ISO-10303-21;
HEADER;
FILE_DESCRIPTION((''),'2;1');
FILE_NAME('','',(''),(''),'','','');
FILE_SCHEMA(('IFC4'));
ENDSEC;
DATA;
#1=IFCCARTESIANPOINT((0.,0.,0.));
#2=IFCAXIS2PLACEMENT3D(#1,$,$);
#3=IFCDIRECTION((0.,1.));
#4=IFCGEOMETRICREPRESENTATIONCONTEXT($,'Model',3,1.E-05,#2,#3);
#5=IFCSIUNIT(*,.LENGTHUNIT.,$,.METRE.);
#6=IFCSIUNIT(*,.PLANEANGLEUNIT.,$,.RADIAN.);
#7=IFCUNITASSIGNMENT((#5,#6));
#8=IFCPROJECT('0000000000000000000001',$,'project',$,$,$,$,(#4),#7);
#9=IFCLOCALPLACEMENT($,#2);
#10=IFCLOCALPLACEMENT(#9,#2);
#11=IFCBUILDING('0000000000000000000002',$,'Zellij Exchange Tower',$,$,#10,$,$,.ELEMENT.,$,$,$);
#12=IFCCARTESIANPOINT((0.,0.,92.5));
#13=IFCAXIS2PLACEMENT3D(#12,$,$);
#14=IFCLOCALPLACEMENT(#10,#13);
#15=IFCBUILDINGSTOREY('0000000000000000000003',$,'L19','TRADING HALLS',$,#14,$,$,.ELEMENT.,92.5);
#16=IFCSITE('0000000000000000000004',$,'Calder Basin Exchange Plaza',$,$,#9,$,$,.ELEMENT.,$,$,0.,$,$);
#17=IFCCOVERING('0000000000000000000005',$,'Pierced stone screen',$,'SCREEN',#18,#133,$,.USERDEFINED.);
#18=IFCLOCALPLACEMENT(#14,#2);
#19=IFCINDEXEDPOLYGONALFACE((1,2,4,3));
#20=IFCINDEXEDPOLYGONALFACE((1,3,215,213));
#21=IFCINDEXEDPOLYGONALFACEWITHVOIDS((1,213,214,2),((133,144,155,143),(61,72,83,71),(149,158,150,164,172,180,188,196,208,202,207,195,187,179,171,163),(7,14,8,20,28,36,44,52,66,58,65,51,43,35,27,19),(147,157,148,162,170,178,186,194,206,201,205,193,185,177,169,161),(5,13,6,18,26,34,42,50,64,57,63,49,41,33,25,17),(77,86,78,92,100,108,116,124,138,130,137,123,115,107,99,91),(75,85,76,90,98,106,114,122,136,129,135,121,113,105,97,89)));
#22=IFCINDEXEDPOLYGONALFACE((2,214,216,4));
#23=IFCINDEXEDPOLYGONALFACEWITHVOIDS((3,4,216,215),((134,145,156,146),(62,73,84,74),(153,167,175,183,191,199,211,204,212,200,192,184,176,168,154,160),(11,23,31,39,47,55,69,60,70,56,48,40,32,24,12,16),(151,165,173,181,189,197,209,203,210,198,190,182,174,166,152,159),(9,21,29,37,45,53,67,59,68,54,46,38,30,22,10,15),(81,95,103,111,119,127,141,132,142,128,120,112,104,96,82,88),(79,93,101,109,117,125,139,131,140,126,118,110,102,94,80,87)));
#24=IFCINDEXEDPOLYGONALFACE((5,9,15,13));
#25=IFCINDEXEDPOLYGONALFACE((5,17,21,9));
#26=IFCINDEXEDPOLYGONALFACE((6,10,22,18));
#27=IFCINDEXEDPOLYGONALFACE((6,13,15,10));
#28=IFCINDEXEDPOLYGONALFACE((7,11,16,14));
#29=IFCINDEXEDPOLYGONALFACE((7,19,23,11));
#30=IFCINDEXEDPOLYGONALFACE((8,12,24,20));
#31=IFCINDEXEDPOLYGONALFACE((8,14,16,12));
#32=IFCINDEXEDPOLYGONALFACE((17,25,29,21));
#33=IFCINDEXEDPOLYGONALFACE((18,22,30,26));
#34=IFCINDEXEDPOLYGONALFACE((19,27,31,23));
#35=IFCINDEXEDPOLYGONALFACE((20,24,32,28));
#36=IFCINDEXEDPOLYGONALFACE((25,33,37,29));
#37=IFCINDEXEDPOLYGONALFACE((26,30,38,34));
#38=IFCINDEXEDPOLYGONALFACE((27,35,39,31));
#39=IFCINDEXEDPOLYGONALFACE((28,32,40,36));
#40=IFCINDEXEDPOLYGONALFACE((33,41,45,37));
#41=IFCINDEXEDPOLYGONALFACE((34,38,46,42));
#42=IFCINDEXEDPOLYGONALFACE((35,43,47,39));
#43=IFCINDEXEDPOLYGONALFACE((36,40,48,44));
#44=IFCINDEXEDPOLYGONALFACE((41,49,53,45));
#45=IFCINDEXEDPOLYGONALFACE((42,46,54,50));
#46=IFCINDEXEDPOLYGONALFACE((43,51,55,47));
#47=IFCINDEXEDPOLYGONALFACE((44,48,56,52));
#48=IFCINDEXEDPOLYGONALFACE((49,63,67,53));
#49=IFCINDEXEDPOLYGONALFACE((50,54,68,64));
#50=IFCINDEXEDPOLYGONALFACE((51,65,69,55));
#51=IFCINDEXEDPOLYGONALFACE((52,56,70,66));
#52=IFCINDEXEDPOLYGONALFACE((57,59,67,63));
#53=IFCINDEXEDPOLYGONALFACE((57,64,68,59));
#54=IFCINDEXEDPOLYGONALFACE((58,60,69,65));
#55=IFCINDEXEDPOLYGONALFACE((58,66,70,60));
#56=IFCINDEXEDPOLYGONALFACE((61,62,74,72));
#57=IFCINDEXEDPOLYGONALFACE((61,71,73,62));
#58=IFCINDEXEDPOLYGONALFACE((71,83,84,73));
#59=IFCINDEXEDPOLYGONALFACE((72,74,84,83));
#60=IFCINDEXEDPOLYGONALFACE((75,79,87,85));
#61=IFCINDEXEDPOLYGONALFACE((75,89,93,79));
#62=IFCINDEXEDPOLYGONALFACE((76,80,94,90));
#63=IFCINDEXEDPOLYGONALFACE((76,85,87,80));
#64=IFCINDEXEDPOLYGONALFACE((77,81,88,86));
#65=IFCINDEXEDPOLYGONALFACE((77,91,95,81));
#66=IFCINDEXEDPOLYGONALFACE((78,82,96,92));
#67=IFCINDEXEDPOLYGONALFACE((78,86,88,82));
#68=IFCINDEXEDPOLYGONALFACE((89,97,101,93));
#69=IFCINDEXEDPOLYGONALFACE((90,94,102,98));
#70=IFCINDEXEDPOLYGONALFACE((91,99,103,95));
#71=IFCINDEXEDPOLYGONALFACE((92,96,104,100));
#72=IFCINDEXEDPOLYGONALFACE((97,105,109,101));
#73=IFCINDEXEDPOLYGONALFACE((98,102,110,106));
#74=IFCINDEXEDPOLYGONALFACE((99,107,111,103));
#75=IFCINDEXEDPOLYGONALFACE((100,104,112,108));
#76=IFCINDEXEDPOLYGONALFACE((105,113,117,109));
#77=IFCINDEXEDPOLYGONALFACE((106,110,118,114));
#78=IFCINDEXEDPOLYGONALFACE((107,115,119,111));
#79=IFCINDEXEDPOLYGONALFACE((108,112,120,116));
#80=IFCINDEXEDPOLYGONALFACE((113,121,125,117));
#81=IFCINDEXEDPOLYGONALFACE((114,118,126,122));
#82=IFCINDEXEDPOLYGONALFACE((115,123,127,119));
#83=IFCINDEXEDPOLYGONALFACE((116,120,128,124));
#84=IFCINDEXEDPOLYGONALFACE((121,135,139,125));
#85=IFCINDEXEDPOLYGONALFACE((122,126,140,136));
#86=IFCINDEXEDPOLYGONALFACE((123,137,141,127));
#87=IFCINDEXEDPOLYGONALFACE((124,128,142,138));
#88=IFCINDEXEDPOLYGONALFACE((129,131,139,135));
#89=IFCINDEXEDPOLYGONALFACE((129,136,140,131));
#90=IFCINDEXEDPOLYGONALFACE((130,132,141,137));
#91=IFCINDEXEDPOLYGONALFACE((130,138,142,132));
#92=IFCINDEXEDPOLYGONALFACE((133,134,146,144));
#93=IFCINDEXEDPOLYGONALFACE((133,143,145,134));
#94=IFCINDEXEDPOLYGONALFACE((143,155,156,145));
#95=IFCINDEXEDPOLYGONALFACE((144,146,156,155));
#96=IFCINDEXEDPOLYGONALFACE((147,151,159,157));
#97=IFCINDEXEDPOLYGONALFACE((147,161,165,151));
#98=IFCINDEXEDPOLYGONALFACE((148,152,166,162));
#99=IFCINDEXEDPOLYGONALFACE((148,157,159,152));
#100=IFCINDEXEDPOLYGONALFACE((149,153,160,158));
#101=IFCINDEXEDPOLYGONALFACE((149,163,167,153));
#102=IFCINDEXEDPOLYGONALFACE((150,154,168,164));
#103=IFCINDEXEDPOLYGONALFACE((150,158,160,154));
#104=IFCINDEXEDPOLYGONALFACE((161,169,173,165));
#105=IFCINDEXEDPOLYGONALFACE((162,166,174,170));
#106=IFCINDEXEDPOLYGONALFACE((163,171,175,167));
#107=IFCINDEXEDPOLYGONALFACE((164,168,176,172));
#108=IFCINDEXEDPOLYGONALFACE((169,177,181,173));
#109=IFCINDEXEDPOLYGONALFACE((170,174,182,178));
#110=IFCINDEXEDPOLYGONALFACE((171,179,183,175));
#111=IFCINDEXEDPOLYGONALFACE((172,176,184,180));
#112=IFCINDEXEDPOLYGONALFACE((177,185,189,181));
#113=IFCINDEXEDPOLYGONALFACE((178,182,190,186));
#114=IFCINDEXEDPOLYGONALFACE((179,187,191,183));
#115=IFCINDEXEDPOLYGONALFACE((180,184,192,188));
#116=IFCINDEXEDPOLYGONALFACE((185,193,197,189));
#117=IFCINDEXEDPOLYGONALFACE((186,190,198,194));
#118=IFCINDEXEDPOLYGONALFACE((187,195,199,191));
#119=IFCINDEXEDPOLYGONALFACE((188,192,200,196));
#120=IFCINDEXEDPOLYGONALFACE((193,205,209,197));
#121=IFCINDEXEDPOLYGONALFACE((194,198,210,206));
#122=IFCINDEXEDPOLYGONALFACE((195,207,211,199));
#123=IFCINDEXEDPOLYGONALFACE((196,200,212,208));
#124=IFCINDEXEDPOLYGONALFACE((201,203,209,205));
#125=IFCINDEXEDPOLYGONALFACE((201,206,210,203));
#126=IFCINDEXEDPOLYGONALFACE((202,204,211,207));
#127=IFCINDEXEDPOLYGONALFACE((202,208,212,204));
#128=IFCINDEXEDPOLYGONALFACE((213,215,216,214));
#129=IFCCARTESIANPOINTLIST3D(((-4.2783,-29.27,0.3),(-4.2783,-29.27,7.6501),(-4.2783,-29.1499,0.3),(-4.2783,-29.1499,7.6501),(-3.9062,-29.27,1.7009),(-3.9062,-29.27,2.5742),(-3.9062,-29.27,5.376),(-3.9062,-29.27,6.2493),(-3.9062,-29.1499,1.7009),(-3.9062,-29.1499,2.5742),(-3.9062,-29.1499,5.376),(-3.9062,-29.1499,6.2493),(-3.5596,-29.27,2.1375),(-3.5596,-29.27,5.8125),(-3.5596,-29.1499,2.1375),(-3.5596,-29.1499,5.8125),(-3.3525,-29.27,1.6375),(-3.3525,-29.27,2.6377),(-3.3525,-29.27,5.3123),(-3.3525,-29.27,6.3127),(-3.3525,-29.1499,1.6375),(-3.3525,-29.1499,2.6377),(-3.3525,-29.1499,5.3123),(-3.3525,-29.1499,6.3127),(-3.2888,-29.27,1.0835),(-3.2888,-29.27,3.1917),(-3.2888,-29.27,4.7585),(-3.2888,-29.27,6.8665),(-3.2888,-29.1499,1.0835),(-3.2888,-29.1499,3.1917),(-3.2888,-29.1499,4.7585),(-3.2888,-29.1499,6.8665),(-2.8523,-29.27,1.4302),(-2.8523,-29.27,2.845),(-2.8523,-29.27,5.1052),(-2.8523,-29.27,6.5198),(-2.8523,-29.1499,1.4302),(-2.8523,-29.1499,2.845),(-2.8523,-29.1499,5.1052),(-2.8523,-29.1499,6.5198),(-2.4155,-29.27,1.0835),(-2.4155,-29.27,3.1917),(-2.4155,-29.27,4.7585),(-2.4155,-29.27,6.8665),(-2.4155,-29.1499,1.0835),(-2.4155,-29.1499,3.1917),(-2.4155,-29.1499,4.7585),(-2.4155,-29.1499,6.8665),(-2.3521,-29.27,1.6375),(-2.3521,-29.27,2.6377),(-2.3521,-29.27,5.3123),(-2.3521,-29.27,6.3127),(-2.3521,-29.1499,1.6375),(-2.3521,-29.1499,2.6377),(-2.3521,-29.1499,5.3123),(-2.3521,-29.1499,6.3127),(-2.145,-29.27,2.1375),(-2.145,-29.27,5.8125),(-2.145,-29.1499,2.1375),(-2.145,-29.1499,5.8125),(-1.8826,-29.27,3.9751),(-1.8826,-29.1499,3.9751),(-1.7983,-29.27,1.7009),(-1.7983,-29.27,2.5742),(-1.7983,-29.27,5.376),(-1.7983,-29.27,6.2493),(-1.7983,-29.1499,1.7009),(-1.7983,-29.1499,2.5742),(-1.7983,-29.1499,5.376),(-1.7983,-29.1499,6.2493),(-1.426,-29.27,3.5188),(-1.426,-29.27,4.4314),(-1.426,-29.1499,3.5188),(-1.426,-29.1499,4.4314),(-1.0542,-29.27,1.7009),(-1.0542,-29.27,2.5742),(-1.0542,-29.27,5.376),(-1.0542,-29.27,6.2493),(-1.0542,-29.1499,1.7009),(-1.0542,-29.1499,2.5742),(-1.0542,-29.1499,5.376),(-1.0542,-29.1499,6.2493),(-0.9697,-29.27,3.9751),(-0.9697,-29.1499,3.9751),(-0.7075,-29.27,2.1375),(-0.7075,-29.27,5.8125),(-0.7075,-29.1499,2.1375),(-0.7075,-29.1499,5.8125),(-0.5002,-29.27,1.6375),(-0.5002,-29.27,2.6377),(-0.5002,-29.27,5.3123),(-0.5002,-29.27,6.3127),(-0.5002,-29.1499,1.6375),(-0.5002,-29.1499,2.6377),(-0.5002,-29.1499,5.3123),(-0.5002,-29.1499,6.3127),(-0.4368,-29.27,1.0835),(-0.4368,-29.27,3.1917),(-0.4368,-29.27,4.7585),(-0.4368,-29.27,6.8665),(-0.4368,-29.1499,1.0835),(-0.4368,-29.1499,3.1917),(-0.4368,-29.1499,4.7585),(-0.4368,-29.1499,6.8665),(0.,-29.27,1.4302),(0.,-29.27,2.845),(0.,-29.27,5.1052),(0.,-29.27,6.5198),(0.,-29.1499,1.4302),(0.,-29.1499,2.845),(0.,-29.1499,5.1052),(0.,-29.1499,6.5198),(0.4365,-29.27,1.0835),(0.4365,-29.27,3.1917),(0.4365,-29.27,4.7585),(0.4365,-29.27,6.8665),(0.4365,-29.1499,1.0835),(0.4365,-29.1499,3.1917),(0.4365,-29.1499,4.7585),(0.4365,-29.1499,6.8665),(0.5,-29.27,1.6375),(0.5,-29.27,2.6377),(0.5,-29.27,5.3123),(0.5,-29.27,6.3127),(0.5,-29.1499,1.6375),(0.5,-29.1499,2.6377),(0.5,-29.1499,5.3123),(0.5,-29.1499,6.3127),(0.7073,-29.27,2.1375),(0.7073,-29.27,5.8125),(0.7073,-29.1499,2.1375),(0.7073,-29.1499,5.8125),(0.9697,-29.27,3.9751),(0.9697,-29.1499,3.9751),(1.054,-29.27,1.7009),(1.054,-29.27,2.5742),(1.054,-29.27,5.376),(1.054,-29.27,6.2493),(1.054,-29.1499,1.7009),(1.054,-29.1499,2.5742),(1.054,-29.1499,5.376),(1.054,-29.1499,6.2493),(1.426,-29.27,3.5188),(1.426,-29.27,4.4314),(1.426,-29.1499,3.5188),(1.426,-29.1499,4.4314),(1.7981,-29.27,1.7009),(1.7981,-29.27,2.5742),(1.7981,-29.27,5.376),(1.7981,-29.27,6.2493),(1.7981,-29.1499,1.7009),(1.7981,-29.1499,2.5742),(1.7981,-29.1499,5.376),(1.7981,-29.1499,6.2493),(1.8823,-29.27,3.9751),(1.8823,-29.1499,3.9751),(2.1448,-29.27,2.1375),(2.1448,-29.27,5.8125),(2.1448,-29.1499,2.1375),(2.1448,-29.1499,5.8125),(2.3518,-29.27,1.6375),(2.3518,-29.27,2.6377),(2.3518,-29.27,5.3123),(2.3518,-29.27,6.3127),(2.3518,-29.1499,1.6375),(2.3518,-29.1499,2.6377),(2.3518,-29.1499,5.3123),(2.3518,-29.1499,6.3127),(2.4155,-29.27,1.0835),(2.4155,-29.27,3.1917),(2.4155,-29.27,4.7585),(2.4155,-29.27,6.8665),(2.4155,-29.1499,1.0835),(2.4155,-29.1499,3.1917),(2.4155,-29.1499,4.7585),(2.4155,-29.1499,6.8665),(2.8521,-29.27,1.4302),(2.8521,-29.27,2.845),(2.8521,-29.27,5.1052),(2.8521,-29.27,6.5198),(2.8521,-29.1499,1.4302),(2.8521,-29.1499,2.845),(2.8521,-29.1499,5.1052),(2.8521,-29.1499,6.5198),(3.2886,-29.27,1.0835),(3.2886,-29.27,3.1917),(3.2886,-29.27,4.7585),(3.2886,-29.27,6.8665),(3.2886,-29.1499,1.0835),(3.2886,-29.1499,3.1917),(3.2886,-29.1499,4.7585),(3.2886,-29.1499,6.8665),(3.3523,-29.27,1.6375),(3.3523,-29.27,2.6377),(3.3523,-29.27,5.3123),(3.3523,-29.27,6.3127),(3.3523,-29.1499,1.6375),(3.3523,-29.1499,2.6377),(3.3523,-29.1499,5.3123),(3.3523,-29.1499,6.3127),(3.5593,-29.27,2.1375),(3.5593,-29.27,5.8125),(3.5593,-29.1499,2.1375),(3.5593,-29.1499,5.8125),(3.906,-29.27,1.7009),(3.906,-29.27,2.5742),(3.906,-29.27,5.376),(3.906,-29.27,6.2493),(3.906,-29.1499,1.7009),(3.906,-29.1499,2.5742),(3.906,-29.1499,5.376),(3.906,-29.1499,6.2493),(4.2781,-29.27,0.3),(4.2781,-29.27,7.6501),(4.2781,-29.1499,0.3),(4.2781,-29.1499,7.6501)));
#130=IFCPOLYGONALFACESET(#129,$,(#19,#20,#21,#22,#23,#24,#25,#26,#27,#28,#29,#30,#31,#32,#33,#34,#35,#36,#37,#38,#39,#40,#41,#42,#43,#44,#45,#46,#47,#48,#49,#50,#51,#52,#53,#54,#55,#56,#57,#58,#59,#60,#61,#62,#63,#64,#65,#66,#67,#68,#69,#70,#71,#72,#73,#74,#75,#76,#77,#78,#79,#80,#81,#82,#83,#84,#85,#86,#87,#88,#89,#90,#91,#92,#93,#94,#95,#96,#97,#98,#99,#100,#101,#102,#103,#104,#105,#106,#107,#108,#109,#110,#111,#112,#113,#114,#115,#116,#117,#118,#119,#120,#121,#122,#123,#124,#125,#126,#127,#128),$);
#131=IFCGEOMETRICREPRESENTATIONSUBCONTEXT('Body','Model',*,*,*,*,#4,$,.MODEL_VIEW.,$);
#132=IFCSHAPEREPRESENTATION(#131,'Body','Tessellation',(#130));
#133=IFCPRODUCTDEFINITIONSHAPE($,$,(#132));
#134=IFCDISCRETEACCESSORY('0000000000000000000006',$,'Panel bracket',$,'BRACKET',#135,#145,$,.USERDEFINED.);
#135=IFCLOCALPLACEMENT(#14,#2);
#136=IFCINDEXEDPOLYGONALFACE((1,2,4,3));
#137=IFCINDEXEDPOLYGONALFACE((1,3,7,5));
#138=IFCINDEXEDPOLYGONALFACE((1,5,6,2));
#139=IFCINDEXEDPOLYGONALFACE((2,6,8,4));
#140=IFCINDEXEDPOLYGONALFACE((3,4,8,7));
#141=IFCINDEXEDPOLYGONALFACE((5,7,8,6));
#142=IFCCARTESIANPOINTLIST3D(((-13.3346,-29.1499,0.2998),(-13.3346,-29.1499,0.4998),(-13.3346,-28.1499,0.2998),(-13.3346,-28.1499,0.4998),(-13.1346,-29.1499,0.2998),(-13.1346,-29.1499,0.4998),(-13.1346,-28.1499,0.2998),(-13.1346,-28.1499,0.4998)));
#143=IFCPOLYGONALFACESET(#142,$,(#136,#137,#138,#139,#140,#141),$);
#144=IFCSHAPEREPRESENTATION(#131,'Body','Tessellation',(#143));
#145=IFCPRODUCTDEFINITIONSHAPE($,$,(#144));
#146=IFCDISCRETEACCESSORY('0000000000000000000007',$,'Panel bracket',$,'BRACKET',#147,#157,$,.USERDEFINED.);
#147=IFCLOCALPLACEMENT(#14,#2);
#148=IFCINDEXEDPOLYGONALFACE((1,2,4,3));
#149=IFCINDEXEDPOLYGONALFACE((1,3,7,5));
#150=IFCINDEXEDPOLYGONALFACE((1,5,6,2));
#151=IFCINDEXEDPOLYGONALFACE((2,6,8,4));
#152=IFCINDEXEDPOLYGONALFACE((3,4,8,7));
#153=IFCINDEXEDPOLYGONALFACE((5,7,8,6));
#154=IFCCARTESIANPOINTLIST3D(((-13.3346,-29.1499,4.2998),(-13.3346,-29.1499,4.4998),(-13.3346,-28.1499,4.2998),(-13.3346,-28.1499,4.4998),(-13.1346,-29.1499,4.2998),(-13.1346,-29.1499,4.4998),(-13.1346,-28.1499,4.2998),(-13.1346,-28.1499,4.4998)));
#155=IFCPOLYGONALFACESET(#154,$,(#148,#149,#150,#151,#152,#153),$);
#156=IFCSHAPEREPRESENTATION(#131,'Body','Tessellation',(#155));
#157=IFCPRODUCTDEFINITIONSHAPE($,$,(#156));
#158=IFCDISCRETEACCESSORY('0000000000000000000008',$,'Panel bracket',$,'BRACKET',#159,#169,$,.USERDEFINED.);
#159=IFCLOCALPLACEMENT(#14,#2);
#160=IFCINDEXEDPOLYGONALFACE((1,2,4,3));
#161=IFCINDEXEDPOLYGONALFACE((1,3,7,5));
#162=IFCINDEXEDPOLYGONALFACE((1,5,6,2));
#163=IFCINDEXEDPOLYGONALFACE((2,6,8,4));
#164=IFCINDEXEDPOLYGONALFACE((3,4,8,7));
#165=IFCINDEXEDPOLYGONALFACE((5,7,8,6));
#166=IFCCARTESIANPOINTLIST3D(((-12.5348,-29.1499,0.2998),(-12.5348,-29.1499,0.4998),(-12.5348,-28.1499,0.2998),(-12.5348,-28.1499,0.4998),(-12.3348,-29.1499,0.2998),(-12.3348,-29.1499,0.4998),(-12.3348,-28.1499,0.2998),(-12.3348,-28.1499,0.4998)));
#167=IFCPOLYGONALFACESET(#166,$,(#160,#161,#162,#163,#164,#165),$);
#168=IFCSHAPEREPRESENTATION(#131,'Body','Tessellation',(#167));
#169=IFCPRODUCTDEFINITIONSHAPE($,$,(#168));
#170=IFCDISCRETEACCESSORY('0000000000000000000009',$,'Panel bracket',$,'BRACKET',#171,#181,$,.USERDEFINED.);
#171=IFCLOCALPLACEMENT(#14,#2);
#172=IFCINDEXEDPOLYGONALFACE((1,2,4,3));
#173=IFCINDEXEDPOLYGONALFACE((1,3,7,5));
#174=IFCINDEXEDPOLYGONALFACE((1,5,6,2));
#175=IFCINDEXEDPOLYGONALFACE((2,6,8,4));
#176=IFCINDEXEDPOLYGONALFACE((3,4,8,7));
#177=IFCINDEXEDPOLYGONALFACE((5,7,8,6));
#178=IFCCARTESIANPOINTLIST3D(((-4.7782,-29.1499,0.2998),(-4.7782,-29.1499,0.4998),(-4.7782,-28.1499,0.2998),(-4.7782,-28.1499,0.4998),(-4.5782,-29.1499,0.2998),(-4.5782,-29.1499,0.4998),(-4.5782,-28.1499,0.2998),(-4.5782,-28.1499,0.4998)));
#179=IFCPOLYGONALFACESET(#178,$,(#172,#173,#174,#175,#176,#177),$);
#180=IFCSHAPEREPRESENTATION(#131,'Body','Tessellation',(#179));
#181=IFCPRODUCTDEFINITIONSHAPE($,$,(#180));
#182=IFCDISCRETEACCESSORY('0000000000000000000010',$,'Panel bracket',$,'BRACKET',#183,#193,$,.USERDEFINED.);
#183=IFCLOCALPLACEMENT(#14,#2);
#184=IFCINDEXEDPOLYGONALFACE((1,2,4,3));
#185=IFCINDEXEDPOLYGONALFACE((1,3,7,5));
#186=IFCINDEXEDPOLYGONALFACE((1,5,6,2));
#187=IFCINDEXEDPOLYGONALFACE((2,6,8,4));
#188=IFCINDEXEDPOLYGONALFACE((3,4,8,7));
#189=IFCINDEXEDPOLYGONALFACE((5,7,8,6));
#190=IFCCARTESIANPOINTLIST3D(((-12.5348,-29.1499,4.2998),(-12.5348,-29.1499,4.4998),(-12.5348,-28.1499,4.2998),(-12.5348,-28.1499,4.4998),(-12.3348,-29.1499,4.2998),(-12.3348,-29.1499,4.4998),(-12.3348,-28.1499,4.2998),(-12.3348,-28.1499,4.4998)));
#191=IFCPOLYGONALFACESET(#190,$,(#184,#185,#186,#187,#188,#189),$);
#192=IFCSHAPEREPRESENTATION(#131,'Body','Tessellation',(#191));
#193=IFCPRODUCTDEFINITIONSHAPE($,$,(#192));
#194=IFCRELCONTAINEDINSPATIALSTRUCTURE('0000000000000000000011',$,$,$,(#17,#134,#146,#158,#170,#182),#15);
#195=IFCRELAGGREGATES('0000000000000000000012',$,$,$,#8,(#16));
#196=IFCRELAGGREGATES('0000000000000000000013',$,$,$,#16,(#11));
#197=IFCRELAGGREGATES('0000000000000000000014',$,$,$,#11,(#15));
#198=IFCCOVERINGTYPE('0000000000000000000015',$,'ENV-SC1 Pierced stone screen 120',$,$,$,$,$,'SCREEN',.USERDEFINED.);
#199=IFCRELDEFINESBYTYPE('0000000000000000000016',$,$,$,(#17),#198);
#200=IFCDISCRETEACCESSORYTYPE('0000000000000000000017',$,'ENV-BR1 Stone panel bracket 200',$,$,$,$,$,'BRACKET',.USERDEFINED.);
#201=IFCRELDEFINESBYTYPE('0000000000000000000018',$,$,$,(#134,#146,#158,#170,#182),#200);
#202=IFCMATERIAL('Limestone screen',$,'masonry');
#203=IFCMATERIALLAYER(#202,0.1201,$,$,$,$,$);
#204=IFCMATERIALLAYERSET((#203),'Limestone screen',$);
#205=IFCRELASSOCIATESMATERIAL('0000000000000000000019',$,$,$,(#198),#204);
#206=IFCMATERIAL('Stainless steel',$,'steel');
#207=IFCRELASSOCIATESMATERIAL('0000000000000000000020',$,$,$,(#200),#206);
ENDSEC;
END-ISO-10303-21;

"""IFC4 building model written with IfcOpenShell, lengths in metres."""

from ifc_helpers import new_model, si_unit, direction, frame, origin, origin_2d, place, context, subcontext, project, spatial, polyline, rectangle, outline, extrude, material, layer, layer_set, type_object, element, save


model = new_model("IFC4")

# Units and contexts
model_context = context("Model", 3, precision=1e-05, world=origin(), true_north=direction((0.0, 1.0)))
body_context = subcontext(model_context, "Body", "Model", "MODEL_VIEW")
ifc_project = project(units=[si_unit("LENGTHUNIT", "METRE"), si_unit("PLANEANGLEUNIT", "RADIAN")], contexts=[model_context])

# Site, building, storey
site_placement = place(None, origin())
site = spatial("IfcSite", under=ifc_project, at=site_placement, Name="Calder Basin Exchange Plaza", CompositionType="ELEMENT", RefElevation=0.0)
building_placement = place(site_placement, origin())
building = spatial("IfcBuilding", under=site, at=building_placement, Name="Zellij Exchange Tower", CompositionType="ELEMENT")
storey_placement = place(building_placement, frame((0.0, 0.0, 92.5)))
storey = spatial("IfcBuildingStorey", under=building, at=storey_placement, Name="L19", Description="TRADING HALLS", CompositionType="ELEMENT", Elevation=92.5)

# Covering
ifc_material_1 = material(Name="Limestone screen", Category="masonry")
ifc_layer_1 = layer(ifc_material_1, 0.1201)
ifc_layer_set_1 = layer_set([ifc_layer_1], Name="Limestone screen")
covering_type = type_object("IfcCoveringType", Name="ENV-SC1 Pierced stone screen 120", ElementType="SCREEN", PredefinedType="USERDEFINED", material=ifc_layer_set_1)
covering_1_placement = place(storey_placement, frame((-4.2783, -29.21, 0.3), z_axis=(0.0, 0.0, 1.0), x_axis=(1.0, 0.0, 0.0)))
element("IfcCovering", 1, at=covering_1_placement, inside=storey, type_object=covering_type, Name="Pierced stone screen", ObjectType="SCREEN", PredefinedType="USERDEFINED", context=body_context, shape_type="SweptSolid", body=[
    extrude(outline(polyline([(0.0, 0.0), (8.5564, 0.0), (8.5564, 7.3501), (0.0, 7.3501), (0.0, 0.0)]), holes=[polyline([(2.48, 2.2742), (1.9263, 2.3376), (1.8628, 2.8916), (1.426, 2.5449), (0.9895, 2.8916), (0.9258, 2.3376), (0.3721, 2.2742), (0.7188, 1.8374), (0.3721, 1.4009), (0.9258, 1.3374), (0.9895, 0.7834), (1.426, 1.1301), (1.8628, 0.7834), (1.9263, 1.3374), (2.48, 1.4009), (2.1333, 1.8374), (2.48, 2.2742)]), polyline([(2.48, 5.9492), (1.9263, 6.0127), (1.8628, 6.5664), (1.426, 6.2197), (0.9895, 6.5664), (0.9258, 6.0127), (0.3721, 5.9492), (0.7188, 5.5125), (0.3721, 5.0759), (0.9258, 5.0122), (0.9895, 4.4585), (1.426, 4.8052), (1.8628, 4.4585), (1.9263, 5.0122), (2.48, 5.0759), (2.1333, 5.5125), (2.48, 5.9492)]), polyline([(5.3323, 2.2742), (4.7783, 2.3376), (4.7148, 2.8916), (4.2783, 2.5449), (3.8416, 2.8916), (3.7781, 2.3376), (3.2241, 2.2742), (3.5708, 1.8374), (3.2241, 1.4009), (3.7781, 1.3374), (3.8416, 0.7834), (4.2783, 1.1301), (4.7148, 0.7834), (4.7783, 1.3374), (5.3323, 1.4009), (4.9856, 1.8374), (5.3323, 2.2742)]), polyline([(5.3323, 5.9492), (4.7783, 6.0127), (4.7148, 6.5664), (4.2783, 6.2197), (3.8416, 6.5664), (3.7781, 6.0127), (3.2241, 5.9492), (3.5708, 5.5125), (3.2241, 5.0759), (3.7781, 5.0122), (3.8416, 4.4585), (4.2783, 4.8052), (4.7148, 4.4585), (4.7783, 5.0122), (5.3323, 5.0759), (4.9856, 5.5125), (5.3323, 5.9492)]), polyline([(8.1843, 2.2742), (7.6306, 2.3376), (7.5669, 2.8916), (7.1304, 2.5449), (6.6938, 2.8916), (6.6301, 2.3376), (6.0764, 2.2742), (6.4231, 1.8374), (6.0764, 1.4009), (6.6301, 1.3374), (6.6938, 0.7834), (7.1304, 1.1301), (7.5669, 0.7834), (7.6306, 1.3374), (8.1843, 1.4009), (7.8376, 1.8374), (8.1843, 2.2742)]), polyline([(8.1843, 5.9492), (7.6306, 6.0127), (7.5669, 6.5664), (7.1304, 6.2197), (6.6938, 6.5664), (6.6301, 6.0127), (6.0764, 5.9492), (6.4231, 5.5125), (6.0764, 5.0759), (6.6301, 5.0122), (6.6938, 4.4585), (7.1304, 4.8052), (7.5669, 4.4585), (7.6306, 5.0122), (8.1843, 5.0759), (7.8376, 5.5125), (8.1843, 5.9492)]), polyline([(3.3086, 3.675), (2.8523, 4.1313), (2.3958, 3.675), (2.8523, 3.2188), (3.3086, 3.675)]), polyline([(6.1606, 3.675), (5.7043, 4.1313), (5.248, 3.675), (5.7043, 3.2188), (6.1606, 3.675)])]), frame((0.0, 0.0601, 0.0), z_axis=(0.0, -1.0, 0.0), x_axis=(1.0, 0.0, 0.0)), (0.0, 0.0, 1.0), 0.1201),
])

# Discrete accessories
ifc_material_2 = material(Name="Stainless steel", Category="steel")
discrete_accessory_type = type_object("IfcDiscreteAccessoryType", Name="ENV-BR1 Stone panel bracket 200", ElementType="BRACKET", PredefinedType="USERDEFINED", material=ifc_material_2)
for number, where, z_axis, x_axis, name in (
    (2, (-13.2346, -28.6499, 0.2998), (0.0, 0.0, 1.0), (1.0, 0.0, 0.0), "Panel bracket"),
    (3, (-13.2346, -28.6499, 4.2998), (0.0, 0.0, 1.0), (1.0, 0.0, 0.0), "Panel bracket"),
    (4, (-12.4348, -28.6499, 0.2998), (0.0, 0.0, 1.0), (1.0, 0.0, 0.0), "Panel bracket"),
    (5, (-4.6782, -28.6499, 0.2998), (0.0, 0.0, 1.0), (1.0, 0.0, 0.0), "Panel bracket"),
    (6, (-12.4348, -28.6499, 4.2998), (0.0, 0.0, 1.0), (1.0, 0.0, 0.0), "Panel bracket"),
):
    element("IfcDiscreteAccessory", number, at=place(storey_placement, frame(where, z_axis=z_axis, x_axis=x_axis)), inside=storey, type_object=discrete_accessory_type, Name=name, ObjectType="BRACKET", PredefinedType="USERDEFINED", context=body_context, shape_type="SweptSolid", body=[
        extrude(rectangle(XDim=0.2, YDim=1.0, at=origin_2d()), origin(), (0.0, 0.0, 1.0), 0.2),
    ])

save(model, "model.ifc")
